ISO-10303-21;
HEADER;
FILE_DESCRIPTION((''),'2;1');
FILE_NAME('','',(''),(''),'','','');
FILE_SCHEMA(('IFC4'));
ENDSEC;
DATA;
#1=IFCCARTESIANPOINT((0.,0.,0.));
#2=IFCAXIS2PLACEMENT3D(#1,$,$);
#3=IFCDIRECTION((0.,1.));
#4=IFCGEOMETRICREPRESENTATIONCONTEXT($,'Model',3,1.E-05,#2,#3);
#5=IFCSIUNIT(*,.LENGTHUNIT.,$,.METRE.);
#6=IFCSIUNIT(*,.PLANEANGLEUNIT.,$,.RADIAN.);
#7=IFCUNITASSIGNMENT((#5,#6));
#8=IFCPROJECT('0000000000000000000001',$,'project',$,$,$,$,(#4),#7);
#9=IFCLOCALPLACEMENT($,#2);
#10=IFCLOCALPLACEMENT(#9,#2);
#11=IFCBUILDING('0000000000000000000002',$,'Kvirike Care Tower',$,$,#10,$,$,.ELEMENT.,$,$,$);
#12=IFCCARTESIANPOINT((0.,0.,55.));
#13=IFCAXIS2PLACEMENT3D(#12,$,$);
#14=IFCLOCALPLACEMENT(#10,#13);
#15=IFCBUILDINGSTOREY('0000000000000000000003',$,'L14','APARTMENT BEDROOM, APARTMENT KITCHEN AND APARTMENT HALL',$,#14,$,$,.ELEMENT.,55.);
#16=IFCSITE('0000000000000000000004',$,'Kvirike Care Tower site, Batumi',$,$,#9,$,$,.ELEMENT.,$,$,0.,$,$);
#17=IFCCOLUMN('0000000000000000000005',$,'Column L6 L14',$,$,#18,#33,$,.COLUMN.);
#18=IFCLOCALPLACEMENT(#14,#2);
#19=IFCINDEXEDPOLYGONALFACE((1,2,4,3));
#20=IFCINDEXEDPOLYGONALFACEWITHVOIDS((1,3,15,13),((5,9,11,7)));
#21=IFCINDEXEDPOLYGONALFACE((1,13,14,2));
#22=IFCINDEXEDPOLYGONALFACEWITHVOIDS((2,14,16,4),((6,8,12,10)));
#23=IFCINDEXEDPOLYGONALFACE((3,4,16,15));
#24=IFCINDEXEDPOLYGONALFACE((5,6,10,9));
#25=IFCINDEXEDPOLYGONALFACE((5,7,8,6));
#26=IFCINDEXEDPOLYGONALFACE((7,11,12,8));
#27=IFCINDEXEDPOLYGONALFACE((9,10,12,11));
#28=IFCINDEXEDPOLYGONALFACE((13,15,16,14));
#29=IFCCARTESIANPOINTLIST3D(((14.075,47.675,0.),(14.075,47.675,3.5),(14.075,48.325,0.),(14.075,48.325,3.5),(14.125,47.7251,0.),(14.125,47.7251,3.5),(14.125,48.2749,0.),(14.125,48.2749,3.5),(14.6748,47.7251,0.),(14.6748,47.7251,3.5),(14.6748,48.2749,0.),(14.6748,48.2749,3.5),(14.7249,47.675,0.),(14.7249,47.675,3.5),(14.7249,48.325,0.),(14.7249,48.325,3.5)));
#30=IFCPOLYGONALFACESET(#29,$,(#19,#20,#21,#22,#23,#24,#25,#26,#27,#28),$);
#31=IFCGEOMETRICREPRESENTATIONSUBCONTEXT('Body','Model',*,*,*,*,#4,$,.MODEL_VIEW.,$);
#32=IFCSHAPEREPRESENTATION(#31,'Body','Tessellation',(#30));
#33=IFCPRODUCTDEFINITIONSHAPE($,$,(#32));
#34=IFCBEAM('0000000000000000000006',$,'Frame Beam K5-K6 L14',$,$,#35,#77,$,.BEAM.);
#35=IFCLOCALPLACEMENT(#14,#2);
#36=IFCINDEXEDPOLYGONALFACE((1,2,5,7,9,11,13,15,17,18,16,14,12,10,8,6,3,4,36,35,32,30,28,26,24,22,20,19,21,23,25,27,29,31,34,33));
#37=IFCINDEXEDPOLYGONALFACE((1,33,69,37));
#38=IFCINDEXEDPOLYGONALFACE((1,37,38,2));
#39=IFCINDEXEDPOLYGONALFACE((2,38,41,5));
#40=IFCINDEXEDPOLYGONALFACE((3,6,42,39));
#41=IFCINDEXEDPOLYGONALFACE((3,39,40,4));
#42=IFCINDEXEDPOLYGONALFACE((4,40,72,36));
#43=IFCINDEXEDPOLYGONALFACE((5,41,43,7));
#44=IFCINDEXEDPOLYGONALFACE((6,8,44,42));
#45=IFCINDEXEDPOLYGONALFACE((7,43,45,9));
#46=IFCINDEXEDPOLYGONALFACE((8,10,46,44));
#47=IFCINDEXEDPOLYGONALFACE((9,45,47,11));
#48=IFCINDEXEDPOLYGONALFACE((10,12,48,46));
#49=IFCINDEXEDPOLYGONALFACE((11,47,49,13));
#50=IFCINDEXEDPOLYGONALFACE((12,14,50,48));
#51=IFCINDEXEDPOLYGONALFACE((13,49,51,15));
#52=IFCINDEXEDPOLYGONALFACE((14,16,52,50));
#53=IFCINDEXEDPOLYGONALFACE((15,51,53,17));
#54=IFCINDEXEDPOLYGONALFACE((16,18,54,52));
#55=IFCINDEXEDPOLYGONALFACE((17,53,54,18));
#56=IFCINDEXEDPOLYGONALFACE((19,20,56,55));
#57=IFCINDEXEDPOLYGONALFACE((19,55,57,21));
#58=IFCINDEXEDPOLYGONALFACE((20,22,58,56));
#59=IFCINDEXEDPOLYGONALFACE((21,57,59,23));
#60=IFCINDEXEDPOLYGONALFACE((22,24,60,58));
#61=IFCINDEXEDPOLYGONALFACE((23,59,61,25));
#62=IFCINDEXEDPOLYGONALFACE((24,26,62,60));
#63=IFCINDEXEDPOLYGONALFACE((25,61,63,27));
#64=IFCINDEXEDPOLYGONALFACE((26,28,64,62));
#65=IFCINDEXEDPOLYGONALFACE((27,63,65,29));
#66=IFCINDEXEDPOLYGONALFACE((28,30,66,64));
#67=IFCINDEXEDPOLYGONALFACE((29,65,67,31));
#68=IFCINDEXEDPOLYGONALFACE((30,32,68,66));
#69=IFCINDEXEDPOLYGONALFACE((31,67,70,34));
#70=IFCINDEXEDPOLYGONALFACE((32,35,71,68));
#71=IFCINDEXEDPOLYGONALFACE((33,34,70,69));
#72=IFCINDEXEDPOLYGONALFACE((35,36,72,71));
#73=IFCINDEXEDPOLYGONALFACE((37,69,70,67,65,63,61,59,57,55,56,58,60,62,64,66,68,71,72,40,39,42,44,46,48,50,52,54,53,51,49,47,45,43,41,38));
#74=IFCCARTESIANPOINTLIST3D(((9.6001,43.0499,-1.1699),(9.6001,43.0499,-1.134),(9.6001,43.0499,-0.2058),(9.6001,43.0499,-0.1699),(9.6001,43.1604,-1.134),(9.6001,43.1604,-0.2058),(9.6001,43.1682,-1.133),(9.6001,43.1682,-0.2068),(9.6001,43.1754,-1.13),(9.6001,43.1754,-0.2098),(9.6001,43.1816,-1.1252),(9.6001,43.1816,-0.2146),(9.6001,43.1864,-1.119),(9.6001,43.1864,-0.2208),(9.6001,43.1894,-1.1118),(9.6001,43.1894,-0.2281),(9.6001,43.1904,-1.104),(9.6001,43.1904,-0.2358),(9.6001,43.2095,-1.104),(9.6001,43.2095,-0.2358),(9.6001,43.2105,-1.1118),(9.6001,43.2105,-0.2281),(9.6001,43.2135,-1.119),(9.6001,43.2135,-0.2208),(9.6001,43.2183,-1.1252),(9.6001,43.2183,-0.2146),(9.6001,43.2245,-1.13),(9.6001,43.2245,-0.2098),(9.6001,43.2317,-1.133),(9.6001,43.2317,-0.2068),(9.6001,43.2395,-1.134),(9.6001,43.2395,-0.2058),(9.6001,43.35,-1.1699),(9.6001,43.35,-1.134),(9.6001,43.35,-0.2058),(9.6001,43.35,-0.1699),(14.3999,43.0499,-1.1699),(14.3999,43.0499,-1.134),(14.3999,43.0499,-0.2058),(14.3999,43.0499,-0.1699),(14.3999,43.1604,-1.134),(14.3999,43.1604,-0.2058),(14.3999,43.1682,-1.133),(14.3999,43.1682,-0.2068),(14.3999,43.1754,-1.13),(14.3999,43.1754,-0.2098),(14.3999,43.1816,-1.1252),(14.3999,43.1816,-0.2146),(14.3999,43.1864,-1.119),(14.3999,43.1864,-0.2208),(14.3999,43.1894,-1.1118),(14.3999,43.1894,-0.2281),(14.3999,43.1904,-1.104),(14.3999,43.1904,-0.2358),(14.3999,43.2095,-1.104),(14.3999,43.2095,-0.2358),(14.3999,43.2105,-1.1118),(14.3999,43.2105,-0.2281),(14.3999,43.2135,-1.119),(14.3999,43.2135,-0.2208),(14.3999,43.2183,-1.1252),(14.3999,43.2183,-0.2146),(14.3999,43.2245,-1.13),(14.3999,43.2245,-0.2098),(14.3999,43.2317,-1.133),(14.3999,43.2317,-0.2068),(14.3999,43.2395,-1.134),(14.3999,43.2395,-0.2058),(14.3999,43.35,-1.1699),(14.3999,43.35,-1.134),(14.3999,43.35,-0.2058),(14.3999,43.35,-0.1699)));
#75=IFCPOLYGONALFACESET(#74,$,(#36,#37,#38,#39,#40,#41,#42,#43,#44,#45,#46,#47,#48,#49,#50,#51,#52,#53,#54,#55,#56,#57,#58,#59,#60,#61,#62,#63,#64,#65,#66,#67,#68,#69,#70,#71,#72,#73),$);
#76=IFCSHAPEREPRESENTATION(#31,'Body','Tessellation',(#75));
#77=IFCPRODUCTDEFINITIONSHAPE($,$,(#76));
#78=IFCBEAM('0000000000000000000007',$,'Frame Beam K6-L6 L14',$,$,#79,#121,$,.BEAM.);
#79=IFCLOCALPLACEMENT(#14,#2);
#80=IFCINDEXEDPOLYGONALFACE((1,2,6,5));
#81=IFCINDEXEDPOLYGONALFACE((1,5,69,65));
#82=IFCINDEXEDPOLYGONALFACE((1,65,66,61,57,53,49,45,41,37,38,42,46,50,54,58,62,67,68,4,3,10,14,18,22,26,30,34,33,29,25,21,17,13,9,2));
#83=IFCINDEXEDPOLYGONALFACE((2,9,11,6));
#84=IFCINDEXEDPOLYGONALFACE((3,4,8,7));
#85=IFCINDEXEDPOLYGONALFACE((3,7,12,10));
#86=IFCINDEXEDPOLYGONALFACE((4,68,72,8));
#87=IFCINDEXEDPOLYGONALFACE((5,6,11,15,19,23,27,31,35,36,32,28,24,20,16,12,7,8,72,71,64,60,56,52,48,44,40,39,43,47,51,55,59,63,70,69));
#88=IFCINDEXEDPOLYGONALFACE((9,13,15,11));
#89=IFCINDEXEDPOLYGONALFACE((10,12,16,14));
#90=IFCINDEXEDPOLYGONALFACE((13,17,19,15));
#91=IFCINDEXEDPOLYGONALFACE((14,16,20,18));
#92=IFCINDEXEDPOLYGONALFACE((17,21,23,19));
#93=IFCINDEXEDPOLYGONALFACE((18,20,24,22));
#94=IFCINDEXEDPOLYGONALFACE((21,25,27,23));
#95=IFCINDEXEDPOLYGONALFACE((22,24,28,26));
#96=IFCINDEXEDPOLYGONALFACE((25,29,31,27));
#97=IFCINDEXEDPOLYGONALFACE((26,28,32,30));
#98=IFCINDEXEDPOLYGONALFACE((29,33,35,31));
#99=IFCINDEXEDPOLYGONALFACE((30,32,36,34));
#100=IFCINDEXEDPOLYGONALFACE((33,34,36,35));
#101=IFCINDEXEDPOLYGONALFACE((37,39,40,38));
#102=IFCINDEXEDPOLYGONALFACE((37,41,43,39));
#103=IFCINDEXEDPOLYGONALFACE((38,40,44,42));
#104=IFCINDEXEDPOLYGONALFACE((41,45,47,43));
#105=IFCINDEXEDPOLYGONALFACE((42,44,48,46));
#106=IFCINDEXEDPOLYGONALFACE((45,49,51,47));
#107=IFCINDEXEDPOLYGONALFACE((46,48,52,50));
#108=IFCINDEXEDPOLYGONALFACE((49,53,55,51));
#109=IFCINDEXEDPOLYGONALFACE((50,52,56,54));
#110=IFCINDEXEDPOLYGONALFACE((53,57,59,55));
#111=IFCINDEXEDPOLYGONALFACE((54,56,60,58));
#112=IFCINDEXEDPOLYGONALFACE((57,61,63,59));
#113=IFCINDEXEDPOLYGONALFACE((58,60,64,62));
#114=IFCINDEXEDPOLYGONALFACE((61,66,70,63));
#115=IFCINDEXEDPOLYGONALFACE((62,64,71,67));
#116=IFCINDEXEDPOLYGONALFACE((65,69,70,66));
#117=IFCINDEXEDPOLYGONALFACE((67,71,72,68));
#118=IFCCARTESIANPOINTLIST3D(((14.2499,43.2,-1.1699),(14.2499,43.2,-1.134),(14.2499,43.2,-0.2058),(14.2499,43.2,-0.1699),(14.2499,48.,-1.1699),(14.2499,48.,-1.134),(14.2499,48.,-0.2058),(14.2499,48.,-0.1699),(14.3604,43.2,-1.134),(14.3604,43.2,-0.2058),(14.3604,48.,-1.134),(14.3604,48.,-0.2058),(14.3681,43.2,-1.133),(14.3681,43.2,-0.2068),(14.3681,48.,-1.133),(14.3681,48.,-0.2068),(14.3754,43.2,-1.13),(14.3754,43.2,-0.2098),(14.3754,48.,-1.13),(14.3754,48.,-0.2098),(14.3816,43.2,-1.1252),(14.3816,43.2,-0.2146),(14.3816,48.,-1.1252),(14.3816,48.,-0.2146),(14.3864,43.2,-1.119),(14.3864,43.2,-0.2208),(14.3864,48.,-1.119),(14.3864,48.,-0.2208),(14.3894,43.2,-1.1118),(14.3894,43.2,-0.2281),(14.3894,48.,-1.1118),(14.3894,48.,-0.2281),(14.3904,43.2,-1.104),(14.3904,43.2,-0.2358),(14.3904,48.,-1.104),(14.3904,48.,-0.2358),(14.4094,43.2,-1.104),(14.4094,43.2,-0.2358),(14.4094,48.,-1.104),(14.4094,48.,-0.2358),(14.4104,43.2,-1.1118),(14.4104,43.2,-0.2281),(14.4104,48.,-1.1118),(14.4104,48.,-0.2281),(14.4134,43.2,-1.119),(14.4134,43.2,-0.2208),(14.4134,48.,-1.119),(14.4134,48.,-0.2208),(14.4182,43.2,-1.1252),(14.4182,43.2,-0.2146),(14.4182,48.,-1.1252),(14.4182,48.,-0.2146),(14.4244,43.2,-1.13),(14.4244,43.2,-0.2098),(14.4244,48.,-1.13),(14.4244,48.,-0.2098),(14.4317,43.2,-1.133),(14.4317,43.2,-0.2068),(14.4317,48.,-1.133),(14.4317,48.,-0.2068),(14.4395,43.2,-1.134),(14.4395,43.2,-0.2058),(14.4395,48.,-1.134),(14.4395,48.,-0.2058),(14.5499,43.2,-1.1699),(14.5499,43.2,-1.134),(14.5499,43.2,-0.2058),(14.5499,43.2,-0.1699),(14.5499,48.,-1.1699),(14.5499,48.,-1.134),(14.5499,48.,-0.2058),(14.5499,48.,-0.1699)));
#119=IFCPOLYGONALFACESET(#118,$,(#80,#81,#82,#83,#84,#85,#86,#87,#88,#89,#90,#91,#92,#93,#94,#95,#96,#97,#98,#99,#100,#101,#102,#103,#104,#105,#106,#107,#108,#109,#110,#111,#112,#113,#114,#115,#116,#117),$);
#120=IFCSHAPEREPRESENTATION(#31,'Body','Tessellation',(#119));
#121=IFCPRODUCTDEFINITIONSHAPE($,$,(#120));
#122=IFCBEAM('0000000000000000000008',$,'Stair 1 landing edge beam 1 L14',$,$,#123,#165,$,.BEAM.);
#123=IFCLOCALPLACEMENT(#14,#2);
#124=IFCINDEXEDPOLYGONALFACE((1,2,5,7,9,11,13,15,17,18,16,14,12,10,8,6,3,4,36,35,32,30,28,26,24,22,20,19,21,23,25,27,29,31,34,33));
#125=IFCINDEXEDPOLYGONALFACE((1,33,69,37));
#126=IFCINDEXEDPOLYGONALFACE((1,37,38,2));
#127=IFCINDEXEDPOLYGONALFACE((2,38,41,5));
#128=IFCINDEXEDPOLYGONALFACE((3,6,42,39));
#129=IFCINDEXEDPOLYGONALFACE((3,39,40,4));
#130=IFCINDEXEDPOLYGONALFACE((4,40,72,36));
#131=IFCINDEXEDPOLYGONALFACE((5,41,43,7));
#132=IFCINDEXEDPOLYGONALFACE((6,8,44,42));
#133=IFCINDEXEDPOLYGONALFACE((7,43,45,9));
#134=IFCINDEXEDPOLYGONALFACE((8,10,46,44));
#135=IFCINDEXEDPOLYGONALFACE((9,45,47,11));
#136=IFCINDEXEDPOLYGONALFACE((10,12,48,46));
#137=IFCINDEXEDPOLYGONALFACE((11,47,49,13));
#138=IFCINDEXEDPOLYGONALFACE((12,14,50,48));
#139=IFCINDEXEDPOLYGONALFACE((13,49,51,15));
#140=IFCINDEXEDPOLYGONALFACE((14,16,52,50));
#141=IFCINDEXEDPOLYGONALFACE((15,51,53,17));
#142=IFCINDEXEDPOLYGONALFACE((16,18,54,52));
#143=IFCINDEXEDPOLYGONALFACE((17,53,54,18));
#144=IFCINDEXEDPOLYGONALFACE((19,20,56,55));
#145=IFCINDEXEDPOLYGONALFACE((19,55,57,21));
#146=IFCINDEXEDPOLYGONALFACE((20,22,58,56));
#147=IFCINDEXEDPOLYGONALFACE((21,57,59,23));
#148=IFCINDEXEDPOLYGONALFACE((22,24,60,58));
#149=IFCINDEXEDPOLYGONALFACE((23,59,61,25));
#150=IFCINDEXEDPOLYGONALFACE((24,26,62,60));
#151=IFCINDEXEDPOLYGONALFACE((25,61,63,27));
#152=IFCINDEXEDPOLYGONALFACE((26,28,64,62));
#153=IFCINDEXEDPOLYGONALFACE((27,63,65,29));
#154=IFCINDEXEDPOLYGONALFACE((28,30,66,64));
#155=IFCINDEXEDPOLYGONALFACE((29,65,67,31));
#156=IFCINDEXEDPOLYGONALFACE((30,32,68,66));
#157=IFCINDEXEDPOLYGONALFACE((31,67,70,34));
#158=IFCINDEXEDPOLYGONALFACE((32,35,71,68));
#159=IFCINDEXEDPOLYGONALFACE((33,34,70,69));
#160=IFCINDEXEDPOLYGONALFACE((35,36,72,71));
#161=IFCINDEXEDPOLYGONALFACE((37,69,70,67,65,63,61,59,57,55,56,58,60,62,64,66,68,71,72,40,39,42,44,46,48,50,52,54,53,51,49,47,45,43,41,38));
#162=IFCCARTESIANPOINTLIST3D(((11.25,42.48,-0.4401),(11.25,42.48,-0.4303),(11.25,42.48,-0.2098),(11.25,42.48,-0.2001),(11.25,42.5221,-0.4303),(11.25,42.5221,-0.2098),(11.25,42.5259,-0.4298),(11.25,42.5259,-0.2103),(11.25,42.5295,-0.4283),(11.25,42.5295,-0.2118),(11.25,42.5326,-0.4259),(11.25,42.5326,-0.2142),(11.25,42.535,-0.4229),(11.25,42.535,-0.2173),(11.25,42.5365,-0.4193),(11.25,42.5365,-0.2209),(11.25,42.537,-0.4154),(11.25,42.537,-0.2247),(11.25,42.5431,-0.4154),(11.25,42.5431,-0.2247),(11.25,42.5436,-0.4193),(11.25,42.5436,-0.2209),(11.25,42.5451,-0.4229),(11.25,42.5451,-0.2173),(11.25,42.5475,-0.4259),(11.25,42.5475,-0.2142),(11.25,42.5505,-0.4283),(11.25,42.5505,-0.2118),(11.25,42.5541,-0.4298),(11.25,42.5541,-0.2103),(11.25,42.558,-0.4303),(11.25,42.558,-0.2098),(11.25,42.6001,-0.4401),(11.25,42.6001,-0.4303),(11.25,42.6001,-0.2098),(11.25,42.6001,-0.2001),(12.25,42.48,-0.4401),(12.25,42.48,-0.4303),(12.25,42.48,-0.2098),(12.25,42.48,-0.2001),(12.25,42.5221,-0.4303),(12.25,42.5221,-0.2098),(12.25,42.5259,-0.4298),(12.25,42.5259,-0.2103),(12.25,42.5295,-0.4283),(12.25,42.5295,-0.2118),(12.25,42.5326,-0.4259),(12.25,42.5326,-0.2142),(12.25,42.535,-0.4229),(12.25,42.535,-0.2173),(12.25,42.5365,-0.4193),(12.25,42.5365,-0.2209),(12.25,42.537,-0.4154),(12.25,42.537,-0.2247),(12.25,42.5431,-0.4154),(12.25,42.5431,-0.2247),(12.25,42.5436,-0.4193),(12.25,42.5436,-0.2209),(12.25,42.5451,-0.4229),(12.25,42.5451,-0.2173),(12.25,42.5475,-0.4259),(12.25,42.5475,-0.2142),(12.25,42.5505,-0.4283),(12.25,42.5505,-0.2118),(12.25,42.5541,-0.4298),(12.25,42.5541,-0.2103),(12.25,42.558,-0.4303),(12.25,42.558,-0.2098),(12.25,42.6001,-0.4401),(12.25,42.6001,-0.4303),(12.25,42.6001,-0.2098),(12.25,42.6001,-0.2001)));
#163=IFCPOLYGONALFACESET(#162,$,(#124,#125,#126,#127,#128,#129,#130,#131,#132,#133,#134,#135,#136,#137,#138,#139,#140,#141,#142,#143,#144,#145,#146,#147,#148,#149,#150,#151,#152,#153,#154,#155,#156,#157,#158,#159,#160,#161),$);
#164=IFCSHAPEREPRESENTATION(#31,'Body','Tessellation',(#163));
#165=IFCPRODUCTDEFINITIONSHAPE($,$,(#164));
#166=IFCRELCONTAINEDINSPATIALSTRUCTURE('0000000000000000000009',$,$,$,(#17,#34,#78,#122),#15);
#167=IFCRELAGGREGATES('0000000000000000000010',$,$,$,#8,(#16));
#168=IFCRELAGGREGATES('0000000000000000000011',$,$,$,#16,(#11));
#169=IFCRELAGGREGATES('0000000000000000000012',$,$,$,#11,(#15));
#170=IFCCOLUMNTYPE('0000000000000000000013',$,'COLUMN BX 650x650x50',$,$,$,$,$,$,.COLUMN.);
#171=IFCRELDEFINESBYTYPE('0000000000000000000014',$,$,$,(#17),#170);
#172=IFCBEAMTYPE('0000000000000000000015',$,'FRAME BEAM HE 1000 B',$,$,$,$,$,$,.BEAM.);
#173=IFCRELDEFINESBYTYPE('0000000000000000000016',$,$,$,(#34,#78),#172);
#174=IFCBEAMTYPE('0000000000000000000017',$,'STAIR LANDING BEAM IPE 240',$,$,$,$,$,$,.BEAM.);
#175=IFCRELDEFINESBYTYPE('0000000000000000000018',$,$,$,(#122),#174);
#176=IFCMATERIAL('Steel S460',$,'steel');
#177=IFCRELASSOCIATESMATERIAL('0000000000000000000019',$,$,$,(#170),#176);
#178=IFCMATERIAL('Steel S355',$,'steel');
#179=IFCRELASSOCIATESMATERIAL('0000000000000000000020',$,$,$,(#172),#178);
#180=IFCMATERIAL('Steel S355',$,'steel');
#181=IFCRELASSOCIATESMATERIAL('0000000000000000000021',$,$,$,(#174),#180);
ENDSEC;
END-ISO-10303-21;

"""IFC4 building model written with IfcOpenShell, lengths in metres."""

from ifc_helpers import new_model, si_unit, direction, frame, origin, origin_2d, place, context, subcontext, project, spatial, hollow_rectangle, i_section, extrude, material, material_profile, profile_set, type_object, element, save


model = new_model("IFC4")

# Units and contexts
model_context = context("Model", 3, precision=1e-05, world=origin(), true_north=direction((0.0, 1.0)))
body_context = subcontext(model_context, "Body", "Model", "MODEL_VIEW")
ifc_project = project(units=[si_unit("LENGTHUNIT", "METRE"), si_unit("PLANEANGLEUNIT", "RADIAN")], contexts=[model_context])

# Site, building, storey
site_placement = place(None, origin())
site = spatial("IfcSite", under=ifc_project, at=site_placement, Name="Kvirike Care Tower site, Batumi", CompositionType="ELEMENT", RefElevation=0.0)
building_placement = place(site_placement, origin())
building = spatial("IfcBuilding", under=site, at=building_placement, Name="Kvirike Care Tower", CompositionType="ELEMENT")
storey_placement = place(building_placement, frame((0.0, 0.0, 55.0)))
storey = spatial("IfcBuildingStorey", under=building, at=storey_placement, Name="L14", Description="APARTMENT BEDROOM, APARTMENT KITCHEN AND APARTMENT HALL", CompositionType="ELEMENT", Elevation=55.0)

# Column
ifc_material_1 = material(Name="Steel S460", Category="steel")
ifc_material_profile_1 = material_profile(ifc_material_1, hollow_rectangle(XDim=0.6499, YDim=0.6499, WallThickness=0.05, at=origin_2d()), Name="BX 650x650x50")
ifc_profile_set_1 = profile_set([ifc_material_profile_1], Name="Steel S460")
column_type = type_object("IfcColumnType", Name="COLUMN BX 650x650x50", PredefinedType="COLUMN", material=ifc_profile_set_1)
column_placement = place(storey_placement, frame((14.3999, 48.0, 0.0), z_axis=(0.0, 0.0, 1.0), x_axis=(1.0, 0.0, 0.0)))
element("IfcColumn", 1, at=column_placement, inside=storey, type_object=column_type, Name="Column L6 L14", PredefinedType="COLUMN", context=body_context, shape_type="SweptSolid", body=[
    extrude(hollow_rectangle(XDim=0.6499, YDim=0.6499, WallThickness=0.05, at=origin_2d()), origin(), (0.0, 0.0, 1.0), 3.5),
])

# Beams
ifc_material_2 = material(Name="Steel S355", Category="steel")
ifc_material_profile_2 = material_profile(ifc_material_2, i_section(OverallWidth=0.3, OverallDepth=1.0, WebThickness=0.019, FlangeThickness=0.0359, FilletRadius=0.03, at=origin_2d()), Name="HE 1000 B")
ifc_profile_set_2 = profile_set([ifc_material_profile_2], Name="Steel S355")
beam_type_1 = type_object("IfcBeamType", Name="FRAME BEAM HE 1000 B", PredefinedType="BEAM", material=ifc_profile_set_2)
beam_1_placement = place(storey_placement, frame((9.6001, 43.2, -0.6699), z_axis=(1.0, 0.0, 0.0), x_axis=(0.0, 1.0, 0.0)))
element("IfcBeam", 2, at=beam_1_placement, inside=storey, type_object=beam_type_1, Name="Frame Beam K5-K6 L14", PredefinedType="BEAM", context=body_context, shape_type="SweptSolid", body=[
    extrude(i_section(OverallWidth=0.3, OverallDepth=1.0, WebThickness=0.019, FlangeThickness=0.0359, FilletRadius=0.03, at=origin_2d()), origin(), (0.0, 0.0, 1.0), 4.7998),
])
beam_2_placement = place(storey_placement, frame((14.3999, 43.2, -0.6699), z_axis=(0.0, 1.0, 0.0), x_axis=(-1.0, 0.0, 0.0)))
element("IfcBeam", 3, at=beam_2_placement, inside=storey, type_object=beam_type_1, Name="Frame Beam K6-L6 L14", PredefinedType="BEAM", context=body_context, shape_type="SweptSolid", body=[
    extrude(i_section(OverallWidth=0.3, OverallDepth=1.0, WebThickness=0.019, FlangeThickness=0.0359, FilletRadius=0.03, at=origin_2d()), origin(), (0.0, 0.0, 1.0), 4.8),
])
ifc_material_3 = material(Name="Steel S355", Category="steel")
ifc_material_profile_3 = material_profile(ifc_material_3, i_section(OverallWidth=0.1201, OverallDepth=0.24, WebThickness=0.0061, FlangeThickness=0.0098, FilletRadius=0.0149, at=origin_2d()), Name="IPE 240")
ifc_profile_set_3 = profile_set([ifc_material_profile_3], Name="Steel S355")
beam_type_2 = type_object("IfcBeamType", Name="STAIR LANDING BEAM IPE 240", PredefinedType="BEAM", material=ifc_profile_set_3)
for number, where, z_axis, x_axis, name in (
    (4, (11.25, 42.54, -0.3201), (1.0, 0.0, 0.0), (0.0, 1.0, 0.0), "Stair 1 landing edge beam 1 L14"),
):
    element("IfcBeam", number, at=place(storey_placement, frame(where, z_axis=z_axis, x_axis=x_axis)), inside=storey, type_object=beam_type_2, Name=name, PredefinedType="BEAM", context=body_context, shape_type="SweptSolid", body=[
        extrude(i_section(OverallWidth=0.1201, OverallDepth=0.24, WebThickness=0.0061, FlangeThickness=0.0098, FilletRadius=0.0149, at=origin_2d()), origin(), (0.0, 0.0, 1.0), 1.0),
    ])

save(model, "model.ifc")
